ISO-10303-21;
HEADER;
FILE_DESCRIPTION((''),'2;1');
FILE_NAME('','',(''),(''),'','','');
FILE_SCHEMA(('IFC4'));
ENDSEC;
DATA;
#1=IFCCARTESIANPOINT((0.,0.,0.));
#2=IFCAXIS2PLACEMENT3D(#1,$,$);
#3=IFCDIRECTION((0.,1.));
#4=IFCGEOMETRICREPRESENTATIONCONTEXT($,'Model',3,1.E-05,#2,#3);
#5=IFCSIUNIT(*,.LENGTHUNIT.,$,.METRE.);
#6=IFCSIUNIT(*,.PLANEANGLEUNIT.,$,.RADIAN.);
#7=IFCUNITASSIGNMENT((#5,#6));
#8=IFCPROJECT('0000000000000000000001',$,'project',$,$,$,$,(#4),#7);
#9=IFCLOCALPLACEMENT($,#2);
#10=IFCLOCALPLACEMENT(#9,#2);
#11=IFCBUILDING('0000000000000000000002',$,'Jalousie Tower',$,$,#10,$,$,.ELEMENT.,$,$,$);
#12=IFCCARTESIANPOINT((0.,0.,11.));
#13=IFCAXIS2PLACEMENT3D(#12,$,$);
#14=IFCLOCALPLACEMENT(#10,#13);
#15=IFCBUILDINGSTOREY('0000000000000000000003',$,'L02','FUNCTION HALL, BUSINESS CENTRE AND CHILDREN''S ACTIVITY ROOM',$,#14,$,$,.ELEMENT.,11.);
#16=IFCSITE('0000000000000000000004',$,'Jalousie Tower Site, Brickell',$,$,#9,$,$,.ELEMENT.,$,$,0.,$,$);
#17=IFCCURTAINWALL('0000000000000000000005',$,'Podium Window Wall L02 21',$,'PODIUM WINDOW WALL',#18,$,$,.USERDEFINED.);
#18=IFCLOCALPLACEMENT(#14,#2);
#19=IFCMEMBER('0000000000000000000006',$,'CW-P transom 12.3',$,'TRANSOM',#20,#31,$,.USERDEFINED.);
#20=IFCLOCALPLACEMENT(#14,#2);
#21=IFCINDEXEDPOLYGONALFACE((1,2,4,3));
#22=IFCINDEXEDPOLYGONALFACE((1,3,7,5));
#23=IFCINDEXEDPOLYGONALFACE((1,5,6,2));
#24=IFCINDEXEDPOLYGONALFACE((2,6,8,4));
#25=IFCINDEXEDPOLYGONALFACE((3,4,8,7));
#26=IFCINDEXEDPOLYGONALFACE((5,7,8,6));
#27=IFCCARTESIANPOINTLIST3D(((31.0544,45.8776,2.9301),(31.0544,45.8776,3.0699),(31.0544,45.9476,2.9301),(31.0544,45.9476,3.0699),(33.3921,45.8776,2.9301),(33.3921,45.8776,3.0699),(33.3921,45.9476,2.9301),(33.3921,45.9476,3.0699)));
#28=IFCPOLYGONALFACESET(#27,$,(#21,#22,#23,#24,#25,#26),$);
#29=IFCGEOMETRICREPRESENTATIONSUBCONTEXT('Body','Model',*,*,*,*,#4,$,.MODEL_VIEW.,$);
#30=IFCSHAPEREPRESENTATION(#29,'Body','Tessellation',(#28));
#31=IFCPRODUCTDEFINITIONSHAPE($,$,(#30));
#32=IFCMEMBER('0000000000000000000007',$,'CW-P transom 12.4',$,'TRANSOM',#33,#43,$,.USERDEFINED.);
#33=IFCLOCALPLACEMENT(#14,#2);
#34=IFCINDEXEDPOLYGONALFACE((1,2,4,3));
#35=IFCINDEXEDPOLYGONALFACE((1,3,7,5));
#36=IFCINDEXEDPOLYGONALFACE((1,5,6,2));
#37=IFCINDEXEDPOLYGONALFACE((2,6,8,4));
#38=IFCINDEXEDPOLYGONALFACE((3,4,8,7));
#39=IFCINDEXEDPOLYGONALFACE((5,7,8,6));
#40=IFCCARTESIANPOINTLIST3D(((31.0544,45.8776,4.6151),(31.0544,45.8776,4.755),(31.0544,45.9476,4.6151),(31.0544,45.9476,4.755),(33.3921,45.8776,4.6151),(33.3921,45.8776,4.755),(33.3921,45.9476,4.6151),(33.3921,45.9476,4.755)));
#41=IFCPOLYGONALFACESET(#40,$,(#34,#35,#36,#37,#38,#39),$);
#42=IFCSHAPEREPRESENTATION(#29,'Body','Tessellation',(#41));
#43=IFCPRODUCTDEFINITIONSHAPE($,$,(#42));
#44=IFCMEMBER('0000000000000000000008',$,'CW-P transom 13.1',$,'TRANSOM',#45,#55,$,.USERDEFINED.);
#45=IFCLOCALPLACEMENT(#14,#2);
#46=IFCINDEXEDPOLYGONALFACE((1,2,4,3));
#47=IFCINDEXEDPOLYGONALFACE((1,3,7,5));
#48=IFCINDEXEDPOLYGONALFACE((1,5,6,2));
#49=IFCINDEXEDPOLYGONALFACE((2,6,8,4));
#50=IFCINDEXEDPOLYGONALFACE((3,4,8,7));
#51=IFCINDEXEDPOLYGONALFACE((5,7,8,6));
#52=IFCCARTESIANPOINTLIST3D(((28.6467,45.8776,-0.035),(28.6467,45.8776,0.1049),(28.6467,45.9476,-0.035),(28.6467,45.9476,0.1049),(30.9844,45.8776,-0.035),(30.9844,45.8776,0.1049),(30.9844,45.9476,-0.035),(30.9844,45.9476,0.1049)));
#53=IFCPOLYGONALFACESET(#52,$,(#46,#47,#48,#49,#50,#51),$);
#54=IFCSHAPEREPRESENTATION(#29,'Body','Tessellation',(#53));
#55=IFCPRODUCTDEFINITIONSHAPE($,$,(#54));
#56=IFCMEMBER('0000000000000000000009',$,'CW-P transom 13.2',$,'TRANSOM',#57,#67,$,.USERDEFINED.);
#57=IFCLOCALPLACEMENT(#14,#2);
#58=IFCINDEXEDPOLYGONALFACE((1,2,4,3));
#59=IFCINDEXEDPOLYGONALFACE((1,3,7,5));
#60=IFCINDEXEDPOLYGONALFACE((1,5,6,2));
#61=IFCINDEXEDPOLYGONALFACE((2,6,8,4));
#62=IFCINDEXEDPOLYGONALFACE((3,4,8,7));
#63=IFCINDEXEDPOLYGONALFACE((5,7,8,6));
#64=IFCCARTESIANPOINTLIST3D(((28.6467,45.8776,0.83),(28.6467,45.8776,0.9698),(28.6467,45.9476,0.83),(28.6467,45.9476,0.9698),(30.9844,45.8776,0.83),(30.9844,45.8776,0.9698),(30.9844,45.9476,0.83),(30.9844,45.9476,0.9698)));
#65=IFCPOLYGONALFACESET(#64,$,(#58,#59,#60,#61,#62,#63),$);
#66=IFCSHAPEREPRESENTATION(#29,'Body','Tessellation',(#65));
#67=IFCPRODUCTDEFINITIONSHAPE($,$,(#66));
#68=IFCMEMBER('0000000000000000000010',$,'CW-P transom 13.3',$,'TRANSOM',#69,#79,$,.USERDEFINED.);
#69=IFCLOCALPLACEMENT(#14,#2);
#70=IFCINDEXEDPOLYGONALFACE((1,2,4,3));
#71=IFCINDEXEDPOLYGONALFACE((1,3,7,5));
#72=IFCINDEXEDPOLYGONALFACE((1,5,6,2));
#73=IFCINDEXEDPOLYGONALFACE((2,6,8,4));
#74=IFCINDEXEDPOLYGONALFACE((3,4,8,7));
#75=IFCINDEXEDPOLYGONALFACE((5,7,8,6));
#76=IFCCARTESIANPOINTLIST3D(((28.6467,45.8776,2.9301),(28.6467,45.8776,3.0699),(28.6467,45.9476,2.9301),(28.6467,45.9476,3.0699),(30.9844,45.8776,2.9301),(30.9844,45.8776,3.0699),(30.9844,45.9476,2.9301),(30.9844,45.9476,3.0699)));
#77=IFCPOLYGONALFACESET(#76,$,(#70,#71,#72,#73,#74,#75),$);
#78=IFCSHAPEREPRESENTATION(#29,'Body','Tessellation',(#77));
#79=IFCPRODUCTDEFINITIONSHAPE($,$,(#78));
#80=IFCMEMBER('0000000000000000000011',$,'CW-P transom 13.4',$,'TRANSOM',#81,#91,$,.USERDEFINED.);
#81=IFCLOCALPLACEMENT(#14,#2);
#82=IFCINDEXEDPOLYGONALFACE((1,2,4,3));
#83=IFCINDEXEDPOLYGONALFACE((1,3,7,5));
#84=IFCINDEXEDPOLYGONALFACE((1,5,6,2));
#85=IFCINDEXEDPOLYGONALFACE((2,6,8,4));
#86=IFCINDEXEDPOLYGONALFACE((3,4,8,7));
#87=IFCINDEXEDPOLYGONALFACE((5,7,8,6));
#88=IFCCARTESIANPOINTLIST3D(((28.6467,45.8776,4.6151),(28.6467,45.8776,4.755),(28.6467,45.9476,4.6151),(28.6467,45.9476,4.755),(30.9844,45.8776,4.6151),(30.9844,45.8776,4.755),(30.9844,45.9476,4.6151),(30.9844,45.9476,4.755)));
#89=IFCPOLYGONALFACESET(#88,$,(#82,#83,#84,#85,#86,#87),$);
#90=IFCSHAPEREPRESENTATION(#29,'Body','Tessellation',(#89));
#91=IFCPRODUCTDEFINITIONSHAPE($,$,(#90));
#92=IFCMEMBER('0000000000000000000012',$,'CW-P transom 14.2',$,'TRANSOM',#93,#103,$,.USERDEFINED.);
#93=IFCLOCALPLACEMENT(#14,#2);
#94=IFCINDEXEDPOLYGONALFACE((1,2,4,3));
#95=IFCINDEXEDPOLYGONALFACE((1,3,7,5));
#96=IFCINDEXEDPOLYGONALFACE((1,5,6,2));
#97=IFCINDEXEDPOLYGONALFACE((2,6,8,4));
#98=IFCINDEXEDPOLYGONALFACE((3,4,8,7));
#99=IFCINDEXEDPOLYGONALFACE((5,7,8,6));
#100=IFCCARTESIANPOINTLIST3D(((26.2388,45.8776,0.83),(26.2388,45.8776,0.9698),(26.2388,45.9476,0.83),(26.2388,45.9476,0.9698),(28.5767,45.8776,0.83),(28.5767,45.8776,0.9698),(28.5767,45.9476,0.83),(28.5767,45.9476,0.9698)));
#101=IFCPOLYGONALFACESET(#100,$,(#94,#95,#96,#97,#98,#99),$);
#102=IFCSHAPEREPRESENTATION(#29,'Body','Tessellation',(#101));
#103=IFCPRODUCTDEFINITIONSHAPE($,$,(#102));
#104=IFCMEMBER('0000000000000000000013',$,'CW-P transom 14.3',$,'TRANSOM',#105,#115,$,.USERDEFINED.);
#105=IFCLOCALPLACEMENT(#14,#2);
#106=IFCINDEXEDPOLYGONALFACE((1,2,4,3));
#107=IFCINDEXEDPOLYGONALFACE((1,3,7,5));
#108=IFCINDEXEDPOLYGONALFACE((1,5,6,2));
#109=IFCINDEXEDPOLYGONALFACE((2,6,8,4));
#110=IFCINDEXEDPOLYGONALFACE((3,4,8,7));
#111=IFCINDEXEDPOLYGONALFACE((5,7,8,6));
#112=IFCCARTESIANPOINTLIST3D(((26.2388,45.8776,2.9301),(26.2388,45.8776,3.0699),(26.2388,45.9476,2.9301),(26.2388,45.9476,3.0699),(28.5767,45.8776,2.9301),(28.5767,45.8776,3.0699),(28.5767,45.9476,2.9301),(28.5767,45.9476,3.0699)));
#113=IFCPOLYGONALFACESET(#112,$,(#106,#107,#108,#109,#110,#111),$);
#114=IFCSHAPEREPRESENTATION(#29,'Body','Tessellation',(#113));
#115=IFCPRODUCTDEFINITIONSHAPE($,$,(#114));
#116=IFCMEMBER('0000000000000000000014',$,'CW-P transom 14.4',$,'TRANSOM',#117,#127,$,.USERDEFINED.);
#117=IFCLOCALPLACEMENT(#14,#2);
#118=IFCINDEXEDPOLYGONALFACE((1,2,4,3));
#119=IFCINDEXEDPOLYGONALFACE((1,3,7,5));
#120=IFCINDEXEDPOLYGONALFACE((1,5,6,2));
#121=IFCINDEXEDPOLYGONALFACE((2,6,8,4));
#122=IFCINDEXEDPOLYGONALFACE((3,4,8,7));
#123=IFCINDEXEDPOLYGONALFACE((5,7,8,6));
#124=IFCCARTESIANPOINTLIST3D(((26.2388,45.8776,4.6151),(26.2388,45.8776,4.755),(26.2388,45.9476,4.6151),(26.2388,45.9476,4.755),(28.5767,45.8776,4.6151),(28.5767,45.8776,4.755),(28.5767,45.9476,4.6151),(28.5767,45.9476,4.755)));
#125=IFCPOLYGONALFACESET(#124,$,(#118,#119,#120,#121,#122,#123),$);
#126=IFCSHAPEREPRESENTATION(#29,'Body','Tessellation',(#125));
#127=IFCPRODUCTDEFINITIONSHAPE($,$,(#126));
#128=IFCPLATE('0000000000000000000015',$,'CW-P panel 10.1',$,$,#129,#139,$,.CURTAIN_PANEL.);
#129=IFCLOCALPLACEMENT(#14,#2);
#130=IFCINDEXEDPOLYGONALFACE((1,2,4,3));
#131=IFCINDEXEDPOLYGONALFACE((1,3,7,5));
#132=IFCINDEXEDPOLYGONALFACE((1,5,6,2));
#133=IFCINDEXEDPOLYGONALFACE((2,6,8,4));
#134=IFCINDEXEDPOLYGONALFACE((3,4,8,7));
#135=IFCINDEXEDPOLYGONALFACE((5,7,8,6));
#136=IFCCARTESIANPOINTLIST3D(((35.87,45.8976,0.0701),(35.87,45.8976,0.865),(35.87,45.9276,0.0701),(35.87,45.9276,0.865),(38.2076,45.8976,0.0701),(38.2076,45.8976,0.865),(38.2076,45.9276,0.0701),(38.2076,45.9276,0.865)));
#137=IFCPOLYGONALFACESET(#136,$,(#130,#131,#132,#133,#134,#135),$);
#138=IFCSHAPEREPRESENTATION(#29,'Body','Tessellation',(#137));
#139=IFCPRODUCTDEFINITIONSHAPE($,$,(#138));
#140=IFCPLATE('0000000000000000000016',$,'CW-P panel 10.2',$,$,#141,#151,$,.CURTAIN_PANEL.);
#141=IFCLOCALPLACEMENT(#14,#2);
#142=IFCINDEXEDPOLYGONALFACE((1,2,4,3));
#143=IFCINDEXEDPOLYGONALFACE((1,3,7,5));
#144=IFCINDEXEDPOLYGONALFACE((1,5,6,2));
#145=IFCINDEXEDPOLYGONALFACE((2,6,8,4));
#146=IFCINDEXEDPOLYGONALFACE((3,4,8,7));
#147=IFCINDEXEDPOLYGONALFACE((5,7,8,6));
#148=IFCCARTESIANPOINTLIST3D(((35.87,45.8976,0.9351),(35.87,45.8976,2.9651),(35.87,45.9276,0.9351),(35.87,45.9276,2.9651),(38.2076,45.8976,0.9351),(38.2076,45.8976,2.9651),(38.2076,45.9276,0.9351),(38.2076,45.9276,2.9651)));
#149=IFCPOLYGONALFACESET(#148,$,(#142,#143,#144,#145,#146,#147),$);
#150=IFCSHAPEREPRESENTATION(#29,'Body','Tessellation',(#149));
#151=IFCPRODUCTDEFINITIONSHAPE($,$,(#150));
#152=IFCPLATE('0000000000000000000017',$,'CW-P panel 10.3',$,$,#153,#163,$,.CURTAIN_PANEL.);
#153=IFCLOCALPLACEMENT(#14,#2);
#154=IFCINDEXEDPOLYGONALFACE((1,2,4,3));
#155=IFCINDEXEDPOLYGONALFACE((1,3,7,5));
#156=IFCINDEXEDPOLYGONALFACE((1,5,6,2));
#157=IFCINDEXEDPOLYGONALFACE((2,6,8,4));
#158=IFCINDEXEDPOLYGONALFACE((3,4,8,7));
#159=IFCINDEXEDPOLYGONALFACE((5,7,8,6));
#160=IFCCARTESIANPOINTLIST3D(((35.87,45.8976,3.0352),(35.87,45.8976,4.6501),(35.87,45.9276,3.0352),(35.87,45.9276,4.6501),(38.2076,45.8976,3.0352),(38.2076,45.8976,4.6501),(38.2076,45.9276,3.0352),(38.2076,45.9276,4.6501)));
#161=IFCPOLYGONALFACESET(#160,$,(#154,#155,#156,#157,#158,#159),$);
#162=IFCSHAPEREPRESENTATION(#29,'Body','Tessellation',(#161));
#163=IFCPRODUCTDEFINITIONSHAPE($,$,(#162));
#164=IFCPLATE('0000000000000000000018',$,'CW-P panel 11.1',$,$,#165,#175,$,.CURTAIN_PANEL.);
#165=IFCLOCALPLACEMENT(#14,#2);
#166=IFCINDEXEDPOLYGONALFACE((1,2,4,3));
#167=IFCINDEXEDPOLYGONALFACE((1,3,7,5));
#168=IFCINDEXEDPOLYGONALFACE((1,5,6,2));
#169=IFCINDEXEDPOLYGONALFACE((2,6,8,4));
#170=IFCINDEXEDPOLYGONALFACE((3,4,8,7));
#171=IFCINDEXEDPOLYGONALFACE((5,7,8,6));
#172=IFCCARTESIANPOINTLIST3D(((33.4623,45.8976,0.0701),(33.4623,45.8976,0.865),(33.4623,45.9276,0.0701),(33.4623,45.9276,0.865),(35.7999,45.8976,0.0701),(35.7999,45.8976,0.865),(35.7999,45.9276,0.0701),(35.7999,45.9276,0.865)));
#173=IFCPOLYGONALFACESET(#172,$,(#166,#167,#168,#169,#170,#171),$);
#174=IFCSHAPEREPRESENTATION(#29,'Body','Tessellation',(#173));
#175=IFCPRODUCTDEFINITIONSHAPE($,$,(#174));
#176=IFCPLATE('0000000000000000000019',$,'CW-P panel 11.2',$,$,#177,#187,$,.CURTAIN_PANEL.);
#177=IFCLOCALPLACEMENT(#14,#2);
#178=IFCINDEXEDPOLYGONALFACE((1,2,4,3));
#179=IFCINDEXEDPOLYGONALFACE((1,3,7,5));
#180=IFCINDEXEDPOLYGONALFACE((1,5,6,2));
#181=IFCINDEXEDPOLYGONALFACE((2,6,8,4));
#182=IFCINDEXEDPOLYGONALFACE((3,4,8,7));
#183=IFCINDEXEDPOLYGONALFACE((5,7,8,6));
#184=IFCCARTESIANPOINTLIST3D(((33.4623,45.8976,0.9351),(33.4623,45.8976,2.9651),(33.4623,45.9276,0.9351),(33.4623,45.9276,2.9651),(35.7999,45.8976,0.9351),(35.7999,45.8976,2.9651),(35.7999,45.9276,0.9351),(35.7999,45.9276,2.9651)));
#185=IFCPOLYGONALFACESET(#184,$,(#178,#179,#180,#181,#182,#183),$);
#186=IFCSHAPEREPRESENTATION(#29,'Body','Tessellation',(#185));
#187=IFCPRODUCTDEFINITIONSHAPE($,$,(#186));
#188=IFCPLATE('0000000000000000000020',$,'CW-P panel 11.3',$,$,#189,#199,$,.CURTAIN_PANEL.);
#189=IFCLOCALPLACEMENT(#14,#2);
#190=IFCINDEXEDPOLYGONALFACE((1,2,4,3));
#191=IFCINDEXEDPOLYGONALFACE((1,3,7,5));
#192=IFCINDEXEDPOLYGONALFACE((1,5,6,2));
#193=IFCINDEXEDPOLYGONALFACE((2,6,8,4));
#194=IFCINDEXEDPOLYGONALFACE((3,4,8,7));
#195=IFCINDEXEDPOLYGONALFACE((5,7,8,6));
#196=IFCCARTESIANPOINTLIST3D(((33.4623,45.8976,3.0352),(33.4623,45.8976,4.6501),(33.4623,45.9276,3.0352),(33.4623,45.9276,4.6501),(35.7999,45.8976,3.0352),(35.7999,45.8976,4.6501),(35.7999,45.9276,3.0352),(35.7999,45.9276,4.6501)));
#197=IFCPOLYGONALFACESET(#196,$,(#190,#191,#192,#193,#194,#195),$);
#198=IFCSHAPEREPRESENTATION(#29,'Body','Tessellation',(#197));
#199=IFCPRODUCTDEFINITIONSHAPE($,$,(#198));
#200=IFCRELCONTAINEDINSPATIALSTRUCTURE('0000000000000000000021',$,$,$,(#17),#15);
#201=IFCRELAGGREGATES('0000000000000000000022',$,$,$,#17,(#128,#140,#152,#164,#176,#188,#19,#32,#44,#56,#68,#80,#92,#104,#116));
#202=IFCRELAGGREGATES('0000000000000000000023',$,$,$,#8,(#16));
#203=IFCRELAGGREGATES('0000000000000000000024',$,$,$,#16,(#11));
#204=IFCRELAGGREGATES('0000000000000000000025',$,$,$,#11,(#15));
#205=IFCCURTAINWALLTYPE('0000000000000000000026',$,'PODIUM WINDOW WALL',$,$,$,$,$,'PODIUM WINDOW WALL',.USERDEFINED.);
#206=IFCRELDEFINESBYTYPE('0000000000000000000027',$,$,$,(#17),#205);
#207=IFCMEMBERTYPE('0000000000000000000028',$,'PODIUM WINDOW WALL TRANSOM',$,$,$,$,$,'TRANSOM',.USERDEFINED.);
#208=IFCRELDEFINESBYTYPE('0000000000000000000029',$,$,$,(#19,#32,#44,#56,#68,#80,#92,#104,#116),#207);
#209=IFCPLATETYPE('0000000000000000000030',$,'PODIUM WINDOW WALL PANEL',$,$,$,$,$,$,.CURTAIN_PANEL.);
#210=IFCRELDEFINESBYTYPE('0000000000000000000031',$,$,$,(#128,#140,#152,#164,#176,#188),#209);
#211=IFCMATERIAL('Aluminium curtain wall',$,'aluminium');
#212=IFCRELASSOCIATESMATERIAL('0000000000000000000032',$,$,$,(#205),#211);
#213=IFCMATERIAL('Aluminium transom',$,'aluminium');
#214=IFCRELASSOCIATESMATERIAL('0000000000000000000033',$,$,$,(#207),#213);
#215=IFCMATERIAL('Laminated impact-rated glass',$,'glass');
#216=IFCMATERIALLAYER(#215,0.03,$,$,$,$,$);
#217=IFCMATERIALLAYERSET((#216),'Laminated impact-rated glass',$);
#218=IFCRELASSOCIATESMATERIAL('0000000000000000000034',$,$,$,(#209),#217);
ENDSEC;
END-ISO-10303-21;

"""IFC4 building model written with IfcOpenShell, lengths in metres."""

from ifc_helpers import new_model, si_unit, direction, frame, origin, origin_2d, place, context, subcontext, project, spatial, rectangle, extrude, material, layer, layer_set, material_profile, profile_set, type_object, element, aggregate, save


model = new_model("IFC4")

# Units and contexts
model_context = context("Model", 3, precision=1e-05, world=origin(), true_north=direction((0.0, 1.0)))
body_context = subcontext(model_context, "Body", "Model", "MODEL_VIEW")
ifc_project = project(units=[si_unit("LENGTHUNIT", "METRE"), si_unit("PLANEANGLEUNIT", "RADIAN")], contexts=[model_context])

# Site, building, storey
site_placement = place(None, origin())
site = spatial("IfcSite", under=ifc_project, at=site_placement, Name="Jalousie Tower Site, Brickell", CompositionType="ELEMENT", RefElevation=0.0)
building_placement = place(site_placement, origin())
building = spatial("IfcBuilding", under=site, at=building_placement, Name="Jalousie Tower", CompositionType="ELEMENT")
storey_placement = place(building_placement, frame((0.0, 0.0, 11.0)))
storey = spatial("IfcBuildingStorey", under=building, at=storey_placement, Name="L02", Description="FUNCTION HALL, BUSINESS CENTRE AND CHILDREN'S ACTIVITY ROOM", CompositionType="ELEMENT", Elevation=11.0)

# Curtain wall, members, plates
ifc_material_1 = material(Name="Aluminium curtain wall", Category="aluminium")
curtain_wall_type = type_object("IfcCurtainWallType", Name="PODIUM WINDOW WALL", ElementType="PODIUM WINDOW WALL", PredefinedType="USERDEFINED", material=ifc_material_1)
curtain_wall_placement = place(storey_placement, origin())
curtain_wall = element("IfcCurtainWall", 1, at=curtain_wall_placement, inside=storey, type_object=curtain_wall_type, Name="Podium Window Wall L02 21", ObjectType="PODIUM WINDOW WALL", PredefinedType="USERDEFINED")
ifc_material_2 = material(Name="Aluminium transom", Category="aluminium")
ifc_material_profile_1 = material_profile(ifc_material_2, rectangle(XDim=0.0701, YDim=0.1399, at=origin_2d()), Name="TRANSOM 70x140")
ifc_profile_set_1 = profile_set([ifc_material_profile_1], Name="Aluminium transom")
member_type_1 = type_object("IfcMemberType", Name="PODIUM WINDOW WALL TRANSOM", ElementType="TRANSOM", PredefinedType="USERDEFINED", material=ifc_profile_set_1)
member_1_placement = place(storey_placement, frame((33.3921, 45.9126, 3.0), z_axis=(-1.0, 0.0, 0.0), x_axis=(0.0, -1.0, 0.0)))
member_1 = element("IfcMember", 2, at=member_1_placement, type_object=member_type_1, Name="CW-P transom 12.3", ObjectType="TRANSOM", PredefinedType="USERDEFINED", context=body_context, shape_type="SweptSolid", body=[
    extrude(rectangle(XDim=0.0701, YDim=0.1399, at=origin_2d()), origin(), (0.0, 0.0, 1.0), 2.3376),
])
member_2_placement = place(storey_placement, frame((33.3921, 45.9126, 4.6851), z_axis=(-1.0, 0.0, 0.0), x_axis=(0.0, -1.0, 0.0)))
member_2 = element("IfcMember", 3, at=member_2_placement, type_object=member_type_1, Name="CW-P transom 12.4", ObjectType="TRANSOM", PredefinedType="USERDEFINED", context=body_context, shape_type="SweptSolid", body=[
    extrude(rectangle(XDim=0.0701, YDim=0.1399, at=origin_2d()), origin(), (0.0, 0.0, 1.0), 2.3376),
])
member_3_placement = place(storey_placement, frame((30.9844, 45.9126, 0.0349), z_axis=(-1.0, 0.0, 0.0), x_axis=(0.0, -1.0, 0.0)))
member_3 = element("IfcMember", 4, at=member_3_placement, type_object=member_type_1, Name="CW-P transom 13.1", ObjectType="TRANSOM", PredefinedType="USERDEFINED", context=body_context, shape_type="SweptSolid", body=[
    extrude(rectangle(XDim=0.0701, YDim=0.1399, at=origin_2d()), origin(), (0.0, 0.0, 1.0), 2.3376),
])
member_4_placement = place(storey_placement, frame((30.9844, 45.9126, 0.8999), z_axis=(-1.0, 0.0, 0.0), x_axis=(0.0, -1.0, 0.0)))
member_4 = element("IfcMember", 5, at=member_4_placement, type_object=member_type_1, Name="CW-P transom 13.2", ObjectType="TRANSOM", PredefinedType="USERDEFINED", context=body_context, shape_type="SweptSolid", body=[
    extrude(rectangle(XDim=0.0701, YDim=0.1399, at=origin_2d()), origin(), (0.0, 0.0, 1.0), 2.3376),
])
member_5_placement = place(storey_placement, frame((30.9844, 45.9126, 3.0), z_axis=(-1.0, 0.0, 0.0), x_axis=(0.0, -1.0, 0.0)))
member_5 = element("IfcMember", 6, at=member_5_placement, type_object=member_type_1, Name="CW-P transom 13.3", ObjectType="TRANSOM", PredefinedType="USERDEFINED", context=body_context, shape_type="SweptSolid", body=[
    extrude(rectangle(XDim=0.0701, YDim=0.1399, at=origin_2d()), origin(), (0.0, 0.0, 1.0), 2.3376),
])
member_6_placement = place(storey_placement, frame((30.9844, 45.9126, 4.6851), z_axis=(-1.0, 0.0, 0.0), x_axis=(0.0, -1.0, 0.0)))
member_6 = element("IfcMember", 7, at=member_6_placement, type_object=member_type_1, Name="CW-P transom 13.4", ObjectType="TRANSOM", PredefinedType="USERDEFINED", context=body_context, shape_type="SweptSolid", body=[
    extrude(rectangle(XDim=0.0701, YDim=0.1399, at=origin_2d()), origin(), (0.0, 0.0, 1.0), 2.3376),
])
member_7_placement = place(storey_placement, frame((28.5767, 45.9126, 0.8999), z_axis=(-1.0, 0.0, 0.0), x_axis=(0.0, -1.0, 0.0)))
member_7 = element("IfcMember", 8, at=member_7_placement, type_object=member_type_1, Name="CW-P transom 14.2", ObjectType="TRANSOM", PredefinedType="USERDEFINED", context=body_context, shape_type="SweptSolid", body=[
    extrude(rectangle(XDim=0.0701, YDim=0.1399, at=origin_2d()), origin(), (0.0, 0.0, 1.0), 2.3379),
])
member_8_placement = place(storey_placement, frame((28.5767, 45.9126, 3.0), z_axis=(-1.0, 0.0, 0.0), x_axis=(0.0, -1.0, 0.0)))
member_8 = element("IfcMember", 9, at=member_8_placement, type_object=member_type_1, Name="CW-P transom 14.3", ObjectType="TRANSOM", PredefinedType="USERDEFINED", context=body_context, shape_type="SweptSolid", body=[
    extrude(rectangle(XDim=0.0701, YDim=0.1399, at=origin_2d()), origin(), (0.0, 0.0, 1.0), 2.3379),
])
member_9_placement = place(storey_placement, frame((28.5767, 45.9126, 4.6851), z_axis=(-1.0, 0.0, 0.0), x_axis=(0.0, -1.0, 0.0)))
member_9 = element("IfcMember", 10, at=member_9_placement, type_object=member_type_1, Name="CW-P transom 14.4", ObjectType="TRANSOM", PredefinedType="USERDEFINED", context=body_context, shape_type="SweptSolid", body=[
    extrude(rectangle(XDim=0.0701, YDim=0.1399, at=origin_2d()), origin(), (0.0, 0.0, 1.0), 2.3379),
])
ifc_material_3 = material(Name="Laminated impact-rated glass", Category="glass")
ifc_layer = layer(ifc_material_3, 0.03)
ifc_layer_set = layer_set([ifc_layer], Name="Laminated impact-rated glass")
plate_type = type_object("IfcPlateType", Name="PODIUM WINDOW WALL PANEL", PredefinedType="CURTAIN_PANEL", material=ifc_layer_set)
plate_1_placement = place(storey_placement, frame((37.0388, 45.9126, 0.0701), z_axis=(0.0, 0.0, 1.0), x_axis=(-1.0, 0.0, 0.0)))
plate_1 = element("IfcPlate", 11, at=plate_1_placement, type_object=plate_type, Name="CW-P panel 10.1", PredefinedType="CURTAIN_PANEL", context=body_context, shape_type="SweptSolid", body=[
    extrude(rectangle(XDim=2.3376, YDim=0.03, at=origin_2d()), origin(), (0.0, 0.0, 1.0), 0.7949),
])
plate_2_placement = place(storey_placement, frame((37.0388, 45.9126, 0.9351), z_axis=(0.0, 0.0, 1.0), x_axis=(-1.0, 0.0, 0.0)))
plate_2 = element("IfcPlate", 12, at=plate_2_placement, type_object=plate_type, Name="CW-P panel 10.2", PredefinedType="CURTAIN_PANEL", context=body_context, shape_type="SweptSolid", body=[
    extrude(rectangle(XDim=2.3376, YDim=0.03, at=origin_2d()), origin(), (0.0, 0.0, 1.0), 2.03),
])
plate_3_placement = place(storey_placement, frame((37.0388, 45.9126, 3.0352), z_axis=(0.0, 0.0, 1.0), x_axis=(-1.0, 0.0, 0.0)))
plate_3 = element("IfcPlate", 13, at=plate_3_placement, type_object=plate_type, Name="CW-P panel 10.3", PredefinedType="CURTAIN_PANEL", context=body_context, shape_type="SweptSolid", body=[
    extrude(rectangle(XDim=2.3376, YDim=0.03, at=origin_2d()), origin(), (0.0, 0.0, 1.0), 1.615),
])
plate_4_placement = place(storey_placement, frame((34.6311, 45.9126, 0.0701), z_axis=(0.0, 0.0, 1.0), x_axis=(-1.0, 0.0, 0.0)))
plate_4 = element("IfcPlate", 14, at=plate_4_placement, type_object=plate_type, Name="CW-P panel 11.1", PredefinedType="CURTAIN_PANEL", context=body_context, shape_type="SweptSolid", body=[
    extrude(rectangle(XDim=2.3376, YDim=0.03, at=origin_2d()), origin(), (0.0, 0.0, 1.0), 0.7949),
])
plate_5_placement = place(storey_placement, frame((34.6311, 45.9126, 0.9351), z_axis=(0.0, 0.0, 1.0), x_axis=(-1.0, 0.0, 0.0)))
plate_5 = element("IfcPlate", 15, at=plate_5_placement, type_object=plate_type, Name="CW-P panel 11.2", PredefinedType="CURTAIN_PANEL", context=body_context, shape_type="SweptSolid", body=[
    extrude(rectangle(XDim=2.3376, YDim=0.03, at=origin_2d()), origin(), (0.0, 0.0, 1.0), 2.03),
])
plate_6_placement = place(storey_placement, frame((34.6311, 45.9126, 3.0352), z_axis=(0.0, 0.0, 1.0), x_axis=(-1.0, 0.0, 0.0)))
plate_6 = element("IfcPlate", 16, at=plate_6_placement, type_object=plate_type, Name="CW-P panel 11.3", PredefinedType="CURTAIN_PANEL", context=body_context, shape_type="SweptSolid", body=[
    extrude(rectangle(XDim=2.3376, YDim=0.03, at=origin_2d()), origin(), (0.0, 0.0, 1.0), 1.615),
])
aggregate(curtain_wall, [plate_1, plate_2, plate_3, plate_4, plate_5, plate_6, member_1, member_2, member_3, member_4, member_5, member_6, member_7, member_8, member_9])

save(model, "model.ifc")
